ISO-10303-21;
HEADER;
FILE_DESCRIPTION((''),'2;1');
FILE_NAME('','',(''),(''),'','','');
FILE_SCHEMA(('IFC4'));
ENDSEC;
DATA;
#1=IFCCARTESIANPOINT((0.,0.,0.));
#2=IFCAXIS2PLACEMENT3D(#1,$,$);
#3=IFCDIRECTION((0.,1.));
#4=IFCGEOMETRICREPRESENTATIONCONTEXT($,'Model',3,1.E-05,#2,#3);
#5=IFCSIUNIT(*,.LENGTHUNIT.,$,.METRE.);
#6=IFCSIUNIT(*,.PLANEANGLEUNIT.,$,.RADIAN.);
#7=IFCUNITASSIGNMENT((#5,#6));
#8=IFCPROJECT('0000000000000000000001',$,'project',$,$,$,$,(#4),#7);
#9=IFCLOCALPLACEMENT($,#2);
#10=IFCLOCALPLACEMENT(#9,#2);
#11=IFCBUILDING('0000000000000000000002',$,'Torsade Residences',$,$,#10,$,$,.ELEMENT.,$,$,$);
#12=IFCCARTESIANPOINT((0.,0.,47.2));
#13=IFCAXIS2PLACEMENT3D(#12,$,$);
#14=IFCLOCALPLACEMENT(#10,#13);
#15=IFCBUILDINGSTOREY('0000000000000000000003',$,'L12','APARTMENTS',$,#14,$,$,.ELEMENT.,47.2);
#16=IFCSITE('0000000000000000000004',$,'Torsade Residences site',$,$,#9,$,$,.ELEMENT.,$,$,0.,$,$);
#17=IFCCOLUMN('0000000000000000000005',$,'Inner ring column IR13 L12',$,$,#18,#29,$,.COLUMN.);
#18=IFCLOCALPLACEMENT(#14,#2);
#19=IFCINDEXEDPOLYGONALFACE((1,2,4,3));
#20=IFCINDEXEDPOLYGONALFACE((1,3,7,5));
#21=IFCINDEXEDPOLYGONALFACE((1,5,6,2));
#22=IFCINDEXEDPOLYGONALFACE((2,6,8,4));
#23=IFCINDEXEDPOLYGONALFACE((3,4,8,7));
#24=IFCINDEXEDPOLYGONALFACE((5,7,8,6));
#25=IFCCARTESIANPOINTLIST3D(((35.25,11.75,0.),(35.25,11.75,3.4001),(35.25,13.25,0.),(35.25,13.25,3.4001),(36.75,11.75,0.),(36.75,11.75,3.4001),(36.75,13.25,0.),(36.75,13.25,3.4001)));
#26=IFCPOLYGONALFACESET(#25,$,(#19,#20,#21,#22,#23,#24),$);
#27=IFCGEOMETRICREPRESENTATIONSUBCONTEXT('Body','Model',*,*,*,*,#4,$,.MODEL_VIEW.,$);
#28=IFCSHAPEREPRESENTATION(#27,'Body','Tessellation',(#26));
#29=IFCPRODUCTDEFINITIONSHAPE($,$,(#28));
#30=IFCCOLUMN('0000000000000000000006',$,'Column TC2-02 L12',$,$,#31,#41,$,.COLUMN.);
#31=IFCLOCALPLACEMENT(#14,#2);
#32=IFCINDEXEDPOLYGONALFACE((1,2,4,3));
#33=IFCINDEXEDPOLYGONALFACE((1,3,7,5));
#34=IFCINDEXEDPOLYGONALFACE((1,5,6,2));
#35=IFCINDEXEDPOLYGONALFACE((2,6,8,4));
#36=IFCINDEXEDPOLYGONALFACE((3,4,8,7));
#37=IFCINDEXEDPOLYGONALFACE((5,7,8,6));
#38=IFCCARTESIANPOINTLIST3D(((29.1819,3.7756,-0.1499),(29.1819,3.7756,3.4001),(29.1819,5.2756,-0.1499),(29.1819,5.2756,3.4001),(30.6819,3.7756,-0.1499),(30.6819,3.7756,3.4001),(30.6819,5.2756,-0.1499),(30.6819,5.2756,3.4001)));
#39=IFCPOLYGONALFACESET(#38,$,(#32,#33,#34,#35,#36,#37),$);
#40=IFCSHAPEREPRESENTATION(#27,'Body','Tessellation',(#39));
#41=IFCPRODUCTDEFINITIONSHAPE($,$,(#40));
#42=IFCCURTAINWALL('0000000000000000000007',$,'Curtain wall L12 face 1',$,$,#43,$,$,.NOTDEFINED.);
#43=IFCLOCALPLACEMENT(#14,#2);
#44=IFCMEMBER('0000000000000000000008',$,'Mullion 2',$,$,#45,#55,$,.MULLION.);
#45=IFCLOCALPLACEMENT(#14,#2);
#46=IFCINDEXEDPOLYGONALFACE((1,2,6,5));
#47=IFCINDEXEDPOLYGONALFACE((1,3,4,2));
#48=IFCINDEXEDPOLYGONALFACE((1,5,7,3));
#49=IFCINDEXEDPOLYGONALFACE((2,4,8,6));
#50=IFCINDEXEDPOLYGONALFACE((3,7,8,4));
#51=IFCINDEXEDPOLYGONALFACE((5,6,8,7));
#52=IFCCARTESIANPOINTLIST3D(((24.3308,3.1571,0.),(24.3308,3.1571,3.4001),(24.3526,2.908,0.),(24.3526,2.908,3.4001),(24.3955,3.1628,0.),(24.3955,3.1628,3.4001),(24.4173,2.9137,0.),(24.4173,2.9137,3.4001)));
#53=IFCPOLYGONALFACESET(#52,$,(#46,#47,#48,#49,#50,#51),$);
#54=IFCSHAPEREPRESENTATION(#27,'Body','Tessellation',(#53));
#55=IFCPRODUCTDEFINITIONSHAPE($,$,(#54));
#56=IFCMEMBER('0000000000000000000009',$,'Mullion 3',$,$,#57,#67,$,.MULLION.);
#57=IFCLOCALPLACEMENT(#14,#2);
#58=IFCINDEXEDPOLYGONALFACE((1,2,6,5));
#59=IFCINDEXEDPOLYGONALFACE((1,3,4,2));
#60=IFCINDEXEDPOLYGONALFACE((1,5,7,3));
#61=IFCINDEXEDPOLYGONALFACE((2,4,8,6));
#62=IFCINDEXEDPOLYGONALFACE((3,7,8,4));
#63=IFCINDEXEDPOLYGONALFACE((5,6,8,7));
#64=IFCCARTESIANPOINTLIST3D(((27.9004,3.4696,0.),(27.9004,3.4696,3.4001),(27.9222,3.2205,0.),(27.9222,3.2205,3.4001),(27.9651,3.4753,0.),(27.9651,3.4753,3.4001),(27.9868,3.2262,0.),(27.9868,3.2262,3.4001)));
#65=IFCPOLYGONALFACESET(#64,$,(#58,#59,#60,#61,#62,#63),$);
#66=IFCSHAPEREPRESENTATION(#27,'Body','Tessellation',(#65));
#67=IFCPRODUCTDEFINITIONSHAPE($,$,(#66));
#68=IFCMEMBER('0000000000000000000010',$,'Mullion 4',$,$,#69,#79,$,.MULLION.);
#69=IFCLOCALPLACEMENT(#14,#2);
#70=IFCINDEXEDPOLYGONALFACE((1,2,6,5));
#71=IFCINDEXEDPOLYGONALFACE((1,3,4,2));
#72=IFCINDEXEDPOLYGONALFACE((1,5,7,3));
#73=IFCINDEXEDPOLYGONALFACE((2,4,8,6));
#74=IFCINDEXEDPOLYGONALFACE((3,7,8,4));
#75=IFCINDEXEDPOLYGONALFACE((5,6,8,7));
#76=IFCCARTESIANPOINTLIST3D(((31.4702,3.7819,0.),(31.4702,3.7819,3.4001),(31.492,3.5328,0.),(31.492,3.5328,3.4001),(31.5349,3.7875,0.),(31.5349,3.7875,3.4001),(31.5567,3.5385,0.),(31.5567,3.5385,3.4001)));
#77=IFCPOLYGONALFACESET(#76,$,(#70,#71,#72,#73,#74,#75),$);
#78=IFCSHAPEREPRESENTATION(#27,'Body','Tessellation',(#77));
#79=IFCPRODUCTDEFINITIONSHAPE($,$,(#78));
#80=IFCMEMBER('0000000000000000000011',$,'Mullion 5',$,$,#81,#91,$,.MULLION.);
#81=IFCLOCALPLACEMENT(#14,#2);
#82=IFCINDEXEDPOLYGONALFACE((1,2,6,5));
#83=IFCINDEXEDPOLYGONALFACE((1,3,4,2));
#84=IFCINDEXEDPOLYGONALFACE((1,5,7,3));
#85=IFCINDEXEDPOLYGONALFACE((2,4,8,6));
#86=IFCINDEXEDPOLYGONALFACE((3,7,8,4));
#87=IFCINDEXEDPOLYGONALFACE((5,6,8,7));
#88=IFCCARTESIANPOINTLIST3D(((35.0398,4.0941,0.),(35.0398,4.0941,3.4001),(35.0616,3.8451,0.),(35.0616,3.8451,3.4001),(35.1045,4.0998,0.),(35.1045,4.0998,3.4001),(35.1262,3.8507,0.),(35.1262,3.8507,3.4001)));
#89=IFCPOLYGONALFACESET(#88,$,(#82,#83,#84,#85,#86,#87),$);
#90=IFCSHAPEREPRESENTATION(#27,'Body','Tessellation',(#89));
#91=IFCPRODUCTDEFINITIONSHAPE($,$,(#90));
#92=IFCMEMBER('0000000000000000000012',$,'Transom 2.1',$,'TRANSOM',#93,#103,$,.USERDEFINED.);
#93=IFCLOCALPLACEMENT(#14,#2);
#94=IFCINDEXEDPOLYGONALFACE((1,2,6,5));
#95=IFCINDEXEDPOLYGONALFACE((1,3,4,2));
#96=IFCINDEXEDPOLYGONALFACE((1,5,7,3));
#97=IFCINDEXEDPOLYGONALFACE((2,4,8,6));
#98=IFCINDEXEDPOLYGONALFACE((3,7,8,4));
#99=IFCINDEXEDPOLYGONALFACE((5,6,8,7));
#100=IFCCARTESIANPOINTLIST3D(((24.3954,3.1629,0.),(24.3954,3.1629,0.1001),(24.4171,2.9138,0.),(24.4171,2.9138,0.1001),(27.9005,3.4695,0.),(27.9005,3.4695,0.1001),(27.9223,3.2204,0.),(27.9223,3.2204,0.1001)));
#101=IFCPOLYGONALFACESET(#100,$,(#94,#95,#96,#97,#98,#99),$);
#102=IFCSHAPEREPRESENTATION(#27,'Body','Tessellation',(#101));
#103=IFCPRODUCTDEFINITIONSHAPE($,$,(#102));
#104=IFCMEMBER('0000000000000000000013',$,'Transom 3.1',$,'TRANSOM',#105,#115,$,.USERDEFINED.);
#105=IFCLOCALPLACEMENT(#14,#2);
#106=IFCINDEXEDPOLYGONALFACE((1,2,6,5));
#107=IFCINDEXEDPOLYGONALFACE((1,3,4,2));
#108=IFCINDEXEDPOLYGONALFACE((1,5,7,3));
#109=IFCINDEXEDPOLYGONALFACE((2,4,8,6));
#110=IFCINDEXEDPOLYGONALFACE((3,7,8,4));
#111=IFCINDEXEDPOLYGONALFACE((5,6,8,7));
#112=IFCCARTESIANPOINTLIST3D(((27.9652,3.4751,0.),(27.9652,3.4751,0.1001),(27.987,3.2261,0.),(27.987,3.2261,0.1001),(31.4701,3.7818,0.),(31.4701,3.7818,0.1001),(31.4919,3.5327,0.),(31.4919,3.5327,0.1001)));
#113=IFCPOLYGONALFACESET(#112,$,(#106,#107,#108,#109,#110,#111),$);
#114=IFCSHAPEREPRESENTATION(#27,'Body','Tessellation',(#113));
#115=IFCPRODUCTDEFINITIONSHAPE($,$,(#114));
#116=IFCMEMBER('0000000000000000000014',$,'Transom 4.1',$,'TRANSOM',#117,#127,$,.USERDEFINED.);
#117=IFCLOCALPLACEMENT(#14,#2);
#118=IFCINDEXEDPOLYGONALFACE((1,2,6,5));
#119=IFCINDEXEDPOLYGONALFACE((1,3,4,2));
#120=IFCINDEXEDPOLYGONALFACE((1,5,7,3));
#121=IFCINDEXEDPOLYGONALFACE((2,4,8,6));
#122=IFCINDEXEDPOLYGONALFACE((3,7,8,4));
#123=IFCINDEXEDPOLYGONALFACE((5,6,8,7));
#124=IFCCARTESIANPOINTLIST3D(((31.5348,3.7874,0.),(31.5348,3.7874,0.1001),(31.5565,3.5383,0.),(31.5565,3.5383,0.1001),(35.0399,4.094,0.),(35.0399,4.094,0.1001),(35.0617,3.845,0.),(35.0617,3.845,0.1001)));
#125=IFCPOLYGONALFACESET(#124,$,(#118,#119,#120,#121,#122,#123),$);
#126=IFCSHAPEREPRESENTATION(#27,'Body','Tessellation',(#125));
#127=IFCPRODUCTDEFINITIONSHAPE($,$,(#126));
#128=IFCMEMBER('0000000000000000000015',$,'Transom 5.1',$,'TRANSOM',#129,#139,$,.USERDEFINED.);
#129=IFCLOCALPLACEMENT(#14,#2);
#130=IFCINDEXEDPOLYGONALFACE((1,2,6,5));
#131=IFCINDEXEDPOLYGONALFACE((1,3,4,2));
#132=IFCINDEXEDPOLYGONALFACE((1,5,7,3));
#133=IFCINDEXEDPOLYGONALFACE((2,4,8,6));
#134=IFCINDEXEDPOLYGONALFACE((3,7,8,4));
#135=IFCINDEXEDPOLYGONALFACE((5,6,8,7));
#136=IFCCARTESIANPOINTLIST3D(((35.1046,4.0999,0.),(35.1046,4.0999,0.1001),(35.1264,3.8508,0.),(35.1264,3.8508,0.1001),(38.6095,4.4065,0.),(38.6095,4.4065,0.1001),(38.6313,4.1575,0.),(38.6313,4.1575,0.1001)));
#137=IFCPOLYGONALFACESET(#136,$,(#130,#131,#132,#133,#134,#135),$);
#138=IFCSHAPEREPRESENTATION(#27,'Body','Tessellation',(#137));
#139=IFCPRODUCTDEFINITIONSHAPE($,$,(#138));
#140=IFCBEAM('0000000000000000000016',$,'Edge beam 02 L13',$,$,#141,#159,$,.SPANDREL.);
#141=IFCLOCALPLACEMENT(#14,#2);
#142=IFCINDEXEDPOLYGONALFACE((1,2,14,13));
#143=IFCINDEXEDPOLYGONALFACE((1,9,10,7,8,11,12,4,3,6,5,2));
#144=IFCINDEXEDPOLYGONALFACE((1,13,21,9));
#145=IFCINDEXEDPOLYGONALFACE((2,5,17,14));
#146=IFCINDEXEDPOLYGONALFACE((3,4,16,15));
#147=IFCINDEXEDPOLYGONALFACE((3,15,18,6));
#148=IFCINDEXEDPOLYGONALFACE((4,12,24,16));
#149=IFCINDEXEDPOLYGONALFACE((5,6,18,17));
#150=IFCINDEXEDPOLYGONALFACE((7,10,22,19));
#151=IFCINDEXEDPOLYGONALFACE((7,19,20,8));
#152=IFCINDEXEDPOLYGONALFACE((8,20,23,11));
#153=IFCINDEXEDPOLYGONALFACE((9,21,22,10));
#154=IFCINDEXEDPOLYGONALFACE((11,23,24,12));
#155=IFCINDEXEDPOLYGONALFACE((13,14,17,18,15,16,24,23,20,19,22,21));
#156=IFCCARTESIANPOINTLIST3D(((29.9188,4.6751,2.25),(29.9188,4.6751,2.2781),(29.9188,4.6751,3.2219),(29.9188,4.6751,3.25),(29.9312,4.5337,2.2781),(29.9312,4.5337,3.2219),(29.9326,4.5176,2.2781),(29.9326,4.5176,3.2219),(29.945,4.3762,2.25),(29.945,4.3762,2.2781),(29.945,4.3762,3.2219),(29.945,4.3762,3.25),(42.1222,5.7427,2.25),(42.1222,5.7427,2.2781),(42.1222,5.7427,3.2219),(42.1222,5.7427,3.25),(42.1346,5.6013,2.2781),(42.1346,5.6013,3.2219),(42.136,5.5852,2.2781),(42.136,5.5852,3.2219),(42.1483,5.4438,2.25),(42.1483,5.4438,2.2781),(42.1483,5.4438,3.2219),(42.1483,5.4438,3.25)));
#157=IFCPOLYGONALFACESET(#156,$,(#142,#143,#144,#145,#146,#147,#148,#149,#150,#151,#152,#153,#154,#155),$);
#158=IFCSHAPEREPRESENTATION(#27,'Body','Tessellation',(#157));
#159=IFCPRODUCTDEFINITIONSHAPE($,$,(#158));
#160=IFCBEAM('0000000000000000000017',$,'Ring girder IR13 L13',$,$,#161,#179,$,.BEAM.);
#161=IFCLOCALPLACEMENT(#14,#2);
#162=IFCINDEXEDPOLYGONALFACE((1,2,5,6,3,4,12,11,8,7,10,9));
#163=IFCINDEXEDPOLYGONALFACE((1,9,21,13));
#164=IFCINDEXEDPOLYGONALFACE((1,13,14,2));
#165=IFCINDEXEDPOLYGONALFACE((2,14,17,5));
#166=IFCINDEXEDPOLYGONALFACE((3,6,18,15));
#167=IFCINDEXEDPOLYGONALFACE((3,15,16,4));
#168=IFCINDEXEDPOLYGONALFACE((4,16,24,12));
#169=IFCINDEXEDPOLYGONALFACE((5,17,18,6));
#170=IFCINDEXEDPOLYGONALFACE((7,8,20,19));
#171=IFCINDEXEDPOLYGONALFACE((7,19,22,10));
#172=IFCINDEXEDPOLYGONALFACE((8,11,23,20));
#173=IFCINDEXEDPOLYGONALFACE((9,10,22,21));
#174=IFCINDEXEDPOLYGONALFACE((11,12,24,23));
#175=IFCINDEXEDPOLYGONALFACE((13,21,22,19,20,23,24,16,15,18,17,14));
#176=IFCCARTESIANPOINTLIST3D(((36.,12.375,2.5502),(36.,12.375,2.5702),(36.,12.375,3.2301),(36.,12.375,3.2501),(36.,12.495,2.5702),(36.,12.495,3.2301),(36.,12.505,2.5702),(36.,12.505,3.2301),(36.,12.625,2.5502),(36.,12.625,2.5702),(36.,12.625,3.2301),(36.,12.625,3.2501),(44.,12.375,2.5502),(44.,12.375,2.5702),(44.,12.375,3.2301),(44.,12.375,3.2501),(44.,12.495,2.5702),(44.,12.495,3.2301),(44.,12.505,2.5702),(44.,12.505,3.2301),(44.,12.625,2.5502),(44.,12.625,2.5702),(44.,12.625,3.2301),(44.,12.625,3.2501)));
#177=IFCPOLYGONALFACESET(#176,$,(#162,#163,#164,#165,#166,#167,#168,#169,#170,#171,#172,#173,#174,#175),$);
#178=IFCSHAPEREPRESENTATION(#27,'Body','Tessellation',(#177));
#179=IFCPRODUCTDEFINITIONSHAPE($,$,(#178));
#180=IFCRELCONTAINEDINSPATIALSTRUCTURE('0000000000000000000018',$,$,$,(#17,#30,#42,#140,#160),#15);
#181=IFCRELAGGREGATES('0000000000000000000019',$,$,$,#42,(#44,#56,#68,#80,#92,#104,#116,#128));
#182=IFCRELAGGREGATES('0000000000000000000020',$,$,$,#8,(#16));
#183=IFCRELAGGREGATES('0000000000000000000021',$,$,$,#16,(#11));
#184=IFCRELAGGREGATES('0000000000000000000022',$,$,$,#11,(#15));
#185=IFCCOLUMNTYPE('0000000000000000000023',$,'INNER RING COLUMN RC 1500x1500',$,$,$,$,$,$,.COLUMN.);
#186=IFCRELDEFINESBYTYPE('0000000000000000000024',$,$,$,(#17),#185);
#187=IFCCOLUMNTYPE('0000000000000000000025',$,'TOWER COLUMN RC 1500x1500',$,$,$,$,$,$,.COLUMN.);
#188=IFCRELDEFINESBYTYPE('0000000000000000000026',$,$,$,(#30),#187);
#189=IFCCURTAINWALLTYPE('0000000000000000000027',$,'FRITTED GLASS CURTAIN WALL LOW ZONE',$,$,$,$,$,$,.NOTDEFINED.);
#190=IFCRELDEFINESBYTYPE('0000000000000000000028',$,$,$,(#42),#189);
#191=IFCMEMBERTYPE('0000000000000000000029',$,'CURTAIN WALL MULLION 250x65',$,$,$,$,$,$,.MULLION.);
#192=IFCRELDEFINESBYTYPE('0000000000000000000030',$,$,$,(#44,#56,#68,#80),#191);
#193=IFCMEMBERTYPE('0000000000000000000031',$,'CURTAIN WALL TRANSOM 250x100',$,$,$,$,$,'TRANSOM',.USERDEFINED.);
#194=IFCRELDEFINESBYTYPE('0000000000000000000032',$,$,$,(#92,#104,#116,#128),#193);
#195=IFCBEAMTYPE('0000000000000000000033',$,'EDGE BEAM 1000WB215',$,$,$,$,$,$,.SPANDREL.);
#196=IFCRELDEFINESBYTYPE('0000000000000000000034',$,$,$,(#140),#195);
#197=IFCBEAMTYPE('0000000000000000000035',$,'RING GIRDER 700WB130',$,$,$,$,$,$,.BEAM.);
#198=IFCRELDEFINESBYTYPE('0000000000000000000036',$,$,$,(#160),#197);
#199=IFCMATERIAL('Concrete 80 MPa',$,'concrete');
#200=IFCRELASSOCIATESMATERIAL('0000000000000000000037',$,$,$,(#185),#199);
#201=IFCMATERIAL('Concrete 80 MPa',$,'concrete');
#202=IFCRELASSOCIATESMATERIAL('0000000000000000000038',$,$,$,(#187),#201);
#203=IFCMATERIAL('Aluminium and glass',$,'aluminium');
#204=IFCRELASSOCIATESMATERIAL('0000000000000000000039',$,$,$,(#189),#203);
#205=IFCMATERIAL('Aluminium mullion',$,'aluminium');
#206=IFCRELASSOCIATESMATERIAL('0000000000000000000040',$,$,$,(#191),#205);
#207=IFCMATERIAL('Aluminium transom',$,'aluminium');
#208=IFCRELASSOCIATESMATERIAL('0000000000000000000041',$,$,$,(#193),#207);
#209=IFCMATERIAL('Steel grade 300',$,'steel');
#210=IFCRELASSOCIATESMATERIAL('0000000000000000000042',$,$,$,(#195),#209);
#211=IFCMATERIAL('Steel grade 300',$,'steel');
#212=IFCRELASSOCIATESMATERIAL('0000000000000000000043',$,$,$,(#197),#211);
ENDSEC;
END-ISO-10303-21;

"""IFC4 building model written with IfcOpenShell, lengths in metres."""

from ifc_helpers import new_model, si_unit, direction, frame, origin, origin_2d, place, context, subcontext, project, spatial, rectangle, i_section, extrude, material, material_profile, profile_set, type_object, element, aggregate, save


model = new_model("IFC4")

# Units and contexts
model_context = context("Model", 3, precision=1e-05, world=origin(), true_north=direction((0.0, 1.0)))
body_context = subcontext(model_context, "Body", "Model", "MODEL_VIEW")
ifc_project = project(units=[si_unit("LENGTHUNIT", "METRE"), si_unit("PLANEANGLEUNIT", "RADIAN")], contexts=[model_context])

# Site, building, storey
site_placement = place(None, origin())
site = spatial("IfcSite", under=ifc_project, at=site_placement, Name="Torsade Residences site", CompositionType="ELEMENT", RefElevation=0.0)
building_placement = place(site_placement, origin())
building = spatial("IfcBuilding", under=site, at=building_placement, Name="Torsade Residences", CompositionType="ELEMENT")
storey_placement = place(building_placement, frame((0.0, 0.0, 47.2)))
storey = spatial("IfcBuildingStorey", under=building, at=storey_placement, Name="L12", Description="APARTMENTS", CompositionType="ELEMENT", Elevation=47.2)

# Columns
ifc_material_1 = material(Name="Concrete 80 MPa", Category="concrete")
ifc_material_profile_1 = material_profile(ifc_material_1, rectangle(XDim=1.5, YDim=1.5, at=origin_2d()), Name="RC 1500x1500")
ifc_profile_set_1 = profile_set([ifc_material_profile_1], Name="Concrete 80 MPa")
column_type_1 = type_object("IfcColumnType", Name="INNER RING COLUMN RC 1500x1500", PredefinedType="COLUMN", material=ifc_profile_set_1)
column_1_placement = place(storey_placement, frame((36.0, 12.5, 0.0), z_axis=(0.0, 0.0, 1.0), x_axis=(1.0, 0.0, 0.0)))
element("IfcColumn", 1, at=column_1_placement, inside=storey, type_object=column_type_1, Name="Inner ring column IR13 L12", PredefinedType="COLUMN", context=body_context, shape_type="SweptSolid", body=[
    extrude(rectangle(XDim=1.5, YDim=1.5, at=origin_2d()), origin(), (0.0, 0.0, 1.0), 3.4001),
])
ifc_material_2 = material(Name="Concrete 80 MPa", Category="concrete")
ifc_material_profile_2 = material_profile(ifc_material_2, rectangle(XDim=1.5, YDim=1.5, at=origin_2d()), Name="RC 1500x1500")
ifc_profile_set_2 = profile_set([ifc_material_profile_2], Name="Concrete 80 MPa")
column_type_2 = type_object("IfcColumnType", Name="TOWER COLUMN RC 1500x1500", PredefinedType="COLUMN", material=ifc_profile_set_2)
column_2_placement = place(storey_placement, frame((29.9319, 4.5256, -0.1499), z_axis=(0.0, 0.0, 1.0), x_axis=(1.0, 0.0, 0.0)))
element("IfcColumn", 2, at=column_2_placement, inside=storey, type_object=column_type_2, Name="Column TC2-02 L12", PredefinedType="COLUMN", context=body_context, shape_type="SweptSolid", body=[
    extrude(rectangle(XDim=1.5, YDim=1.5, at=origin_2d()), origin(), (0.0, 0.0, 1.0), 3.55),
])

# Curtain wall, members
ifc_material_3 = material(Name="Aluminium and glass", Category="aluminium")
curtain_wall_type = type_object("IfcCurtainWallType", Name="FRITTED GLASS CURTAIN WALL LOW ZONE", PredefinedType="NOTDEFINED", material=ifc_material_3)
curtain_wall_placement = place(storey_placement, origin())
curtain_wall = element("IfcCurtainWall", 3, at=curtain_wall_placement, inside=storey, type_object=curtain_wall_type, Name="Curtain wall L12 face 1", PredefinedType="NOTDEFINED")
ifc_material_4 = material(Name="Aluminium mullion", Category="aluminium")
ifc_material_profile_3 = material_profile(ifc_material_4, rectangle(XDim=0.25, YDim=0.0649, at=origin_2d()), Name="CURTAIN WALL MULLION 250x65")
ifc_profile_set_3 = profile_set([ifc_material_profile_3], Name="Aluminium mullion")
member_type_1 = type_object("IfcMemberType", Name="CURTAIN WALL MULLION 250x65", PredefinedType="MULLION", material=ifc_profile_set_3)
member_1_placement = place(storey_placement, frame((24.374, 3.0354, 0.0), z_axis=(0.0, 0.0, 1.0), x_axis=(-0.087156, 0.996195, 0.0)))
member_1 = element("IfcMember", 4, at=member_1_placement, type_object=member_type_1, Name="Mullion 2", PredefinedType="MULLION", context=body_context, shape_type="SweptSolid", body=[
    extrude(rectangle(XDim=0.25, YDim=0.0649, at=origin_2d()), origin(), (0.0, 0.0, 1.0), 3.4001),
])
member_2_placement = place(storey_placement, frame((27.9436, 3.3479, 0.0), z_axis=(0.0, 0.0, 1.0), x_axis=(-0.087156, 0.996195, 0.0)))
member_2 = element("IfcMember", 5, at=member_2_placement, type_object=member_type_1, Name="Mullion 3", PredefinedType="MULLION", context=body_context, shape_type="SweptSolid", body=[
    extrude(rectangle(XDim=0.25, YDim=0.0649, at=origin_2d()), origin(), (0.0, 0.0, 1.0), 3.4001),
])
member_3_placement = place(storey_placement, frame((31.5134, 3.6602, 0.0), z_axis=(0.0, 0.0, 1.0), x_axis=(-0.087156, 0.996195, 0.0)))
member_3 = element("IfcMember", 6, at=member_3_placement, type_object=member_type_1, Name="Mullion 4", PredefinedType="MULLION", context=body_context, shape_type="SweptSolid", body=[
    extrude(rectangle(XDim=0.25, YDim=0.0649, at=origin_2d()), origin(), (0.0, 0.0, 1.0), 3.4001),
])
member_4_placement = place(storey_placement, frame((35.083, 3.9724, 0.0), z_axis=(0.0, 0.0, 1.0), x_axis=(-0.087156, 0.996195, 0.0)))
member_4 = element("IfcMember", 7, at=member_4_placement, type_object=member_type_1, Name="Mullion 5", PredefinedType="MULLION", context=body_context, shape_type="SweptSolid", body=[
    extrude(rectangle(XDim=0.25, YDim=0.0649, at=origin_2d()), origin(), (0.0, 0.0, 1.0), 3.4001),
])
ifc_material_5 = material(Name="Aluminium transom", Category="aluminium")
ifc_material_profile_4 = material_profile(ifc_material_5, rectangle(XDim=0.25, YDim=0.1001, at=origin_2d()), Name="CURTAIN WALL TRANSOM 250x100")
ifc_profile_set_4 = profile_set([ifc_material_profile_4], Name="Aluminium transom")
member_type_2 = type_object("IfcMemberType", Name="CURTAIN WALL TRANSOM 250x100", ElementType="TRANSOM", PredefinedType="USERDEFINED", material=ifc_profile_set_4)
member_5_placement = place(storey_placement, frame((24.4062, 3.0383, 0.05), z_axis=(0.996195, 0.087151, 0.0), x_axis=(-0.087151, 0.996195, 0.0)))
member_5 = element("IfcMember", 8, at=member_5_placement, type_object=member_type_2, Name="Transom 2.1", ObjectType="TRANSOM", PredefinedType="USERDEFINED", context=body_context, shape_type="SweptSolid", body=[
    extrude(rectangle(XDim=0.25, YDim=0.1001, at=origin_2d()), origin(), (0.0, 0.0, 1.0), 3.5186),
])
member_6_placement = place(storey_placement, frame((27.9761, 3.3506, 0.05), z_axis=(0.996195, 0.087157, 0.0), x_axis=(-0.087157, 0.996195, 0.0)))
member_6 = element("IfcMember", 9, at=member_6_placement, type_object=member_type_2, Name="Transom 3.1", ObjectType="TRANSOM", PredefinedType="USERDEFINED", context=body_context, shape_type="SweptSolid", body=[
    extrude(rectangle(XDim=0.25, YDim=0.1001, at=origin_2d()), origin(), (0.0, 0.0, 1.0), 3.5183),
])
member_7_placement = place(storey_placement, frame((31.5457, 3.6628, 0.05), z_axis=(0.996195, 0.087151, 0.0), x_axis=(-0.087151, 0.996195, 0.0)))
member_7 = element("IfcMember", 10, at=member_7_placement, type_object=member_type_2, Name="Transom 4.1", ObjectType="TRANSOM", PredefinedType="USERDEFINED", context=body_context, shape_type="SweptSolid", body=[
    extrude(rectangle(XDim=0.25, YDim=0.1001, at=origin_2d()), origin(), (0.0, 0.0, 1.0), 3.5186),
])
member_8_placement = place(storey_placement, frame((35.1155, 3.9753, 0.05), z_axis=(0.996195, 0.087157, 0.0), x_axis=(-0.087157, 0.996195, 0.0)))
member_8 = element("IfcMember", 11, at=member_8_placement, type_object=member_type_2, Name="Transom 5.1", ObjectType="TRANSOM", PredefinedType="USERDEFINED", context=body_context, shape_type="SweptSolid", body=[
    extrude(rectangle(XDim=0.25, YDim=0.1001, at=origin_2d()), origin(), (0.0, 0.0, 1.0), 3.5183),
])

# Beams
ifc_material_6 = material(Name="Steel grade 300", Category="steel")
ifc_material_profile_5 = material_profile(ifc_material_6, i_section(OverallWidth=0.3, OverallDepth=1.0, WebThickness=0.0161, FlangeThickness=0.0281, at=origin_2d()), Name="1000WB215")
ifc_profile_set_5 = profile_set([ifc_material_profile_5], Name="Steel grade 300")
beam_type_1 = type_object("IfcBeamType", Name="EDGE BEAM 1000WB215", PredefinedType="SPANDREL", material=ifc_profile_set_5)
beam_1_placement = place(storey_placement, frame((29.9319, 4.5256, 2.75), z_axis=(0.996195, 0.087153, 0.0), x_axis=(-0.087153, 0.996195, 0.0)))
element("IfcBeam", 12, at=beam_1_placement, inside=storey, type_object=beam_type_1, Name="Edge beam 02 L13", PredefinedType="SPANDREL", context=body_context, shape_type="SweptSolid", body=[
    extrude(i_section(OverallWidth=0.3, OverallDepth=1.0, WebThickness=0.0161, FlangeThickness=0.0281, at=origin_2d()), origin(), (0.0, 0.0, 1.0), 12.25),
])
ifc_material_7 = material(Name="Steel grade 300", Category="steel")
ifc_material_profile_6 = material_profile(ifc_material_7, i_section(OverallWidth=0.25, OverallDepth=0.7, WebThickness=0.01, FlangeThickness=0.02, at=origin_2d()), Name="700WB130")
ifc_profile_set_6 = profile_set([ifc_material_profile_6], Name="Steel grade 300")
beam_type_2 = type_object("IfcBeamType", Name="RING GIRDER 700WB130", PredefinedType="BEAM", material=ifc_profile_set_6)
beam_2_placement = place(storey_placement, frame((36.0, 12.5, 2.9001), z_axis=(1.0, 0.0, 0.0), x_axis=(0.0, 1.0, 0.0)))
element("IfcBeam", 13, at=beam_2_placement, inside=storey, type_object=beam_type_2, Name="Ring girder IR13 L13", PredefinedType="BEAM", context=body_context, shape_type="SweptSolid", body=[
    extrude(i_section(OverallWidth=0.25, OverallDepth=0.7, WebThickness=0.01, FlangeThickness=0.02, at=origin_2d()), origin(), (0.0, 0.0, 1.0), 8.0),
])

aggregate(curtain_wall, [member_1, member_2, member_3, member_4, member_5, member_6, member_7, member_8])

save(model, "model.ifc")
